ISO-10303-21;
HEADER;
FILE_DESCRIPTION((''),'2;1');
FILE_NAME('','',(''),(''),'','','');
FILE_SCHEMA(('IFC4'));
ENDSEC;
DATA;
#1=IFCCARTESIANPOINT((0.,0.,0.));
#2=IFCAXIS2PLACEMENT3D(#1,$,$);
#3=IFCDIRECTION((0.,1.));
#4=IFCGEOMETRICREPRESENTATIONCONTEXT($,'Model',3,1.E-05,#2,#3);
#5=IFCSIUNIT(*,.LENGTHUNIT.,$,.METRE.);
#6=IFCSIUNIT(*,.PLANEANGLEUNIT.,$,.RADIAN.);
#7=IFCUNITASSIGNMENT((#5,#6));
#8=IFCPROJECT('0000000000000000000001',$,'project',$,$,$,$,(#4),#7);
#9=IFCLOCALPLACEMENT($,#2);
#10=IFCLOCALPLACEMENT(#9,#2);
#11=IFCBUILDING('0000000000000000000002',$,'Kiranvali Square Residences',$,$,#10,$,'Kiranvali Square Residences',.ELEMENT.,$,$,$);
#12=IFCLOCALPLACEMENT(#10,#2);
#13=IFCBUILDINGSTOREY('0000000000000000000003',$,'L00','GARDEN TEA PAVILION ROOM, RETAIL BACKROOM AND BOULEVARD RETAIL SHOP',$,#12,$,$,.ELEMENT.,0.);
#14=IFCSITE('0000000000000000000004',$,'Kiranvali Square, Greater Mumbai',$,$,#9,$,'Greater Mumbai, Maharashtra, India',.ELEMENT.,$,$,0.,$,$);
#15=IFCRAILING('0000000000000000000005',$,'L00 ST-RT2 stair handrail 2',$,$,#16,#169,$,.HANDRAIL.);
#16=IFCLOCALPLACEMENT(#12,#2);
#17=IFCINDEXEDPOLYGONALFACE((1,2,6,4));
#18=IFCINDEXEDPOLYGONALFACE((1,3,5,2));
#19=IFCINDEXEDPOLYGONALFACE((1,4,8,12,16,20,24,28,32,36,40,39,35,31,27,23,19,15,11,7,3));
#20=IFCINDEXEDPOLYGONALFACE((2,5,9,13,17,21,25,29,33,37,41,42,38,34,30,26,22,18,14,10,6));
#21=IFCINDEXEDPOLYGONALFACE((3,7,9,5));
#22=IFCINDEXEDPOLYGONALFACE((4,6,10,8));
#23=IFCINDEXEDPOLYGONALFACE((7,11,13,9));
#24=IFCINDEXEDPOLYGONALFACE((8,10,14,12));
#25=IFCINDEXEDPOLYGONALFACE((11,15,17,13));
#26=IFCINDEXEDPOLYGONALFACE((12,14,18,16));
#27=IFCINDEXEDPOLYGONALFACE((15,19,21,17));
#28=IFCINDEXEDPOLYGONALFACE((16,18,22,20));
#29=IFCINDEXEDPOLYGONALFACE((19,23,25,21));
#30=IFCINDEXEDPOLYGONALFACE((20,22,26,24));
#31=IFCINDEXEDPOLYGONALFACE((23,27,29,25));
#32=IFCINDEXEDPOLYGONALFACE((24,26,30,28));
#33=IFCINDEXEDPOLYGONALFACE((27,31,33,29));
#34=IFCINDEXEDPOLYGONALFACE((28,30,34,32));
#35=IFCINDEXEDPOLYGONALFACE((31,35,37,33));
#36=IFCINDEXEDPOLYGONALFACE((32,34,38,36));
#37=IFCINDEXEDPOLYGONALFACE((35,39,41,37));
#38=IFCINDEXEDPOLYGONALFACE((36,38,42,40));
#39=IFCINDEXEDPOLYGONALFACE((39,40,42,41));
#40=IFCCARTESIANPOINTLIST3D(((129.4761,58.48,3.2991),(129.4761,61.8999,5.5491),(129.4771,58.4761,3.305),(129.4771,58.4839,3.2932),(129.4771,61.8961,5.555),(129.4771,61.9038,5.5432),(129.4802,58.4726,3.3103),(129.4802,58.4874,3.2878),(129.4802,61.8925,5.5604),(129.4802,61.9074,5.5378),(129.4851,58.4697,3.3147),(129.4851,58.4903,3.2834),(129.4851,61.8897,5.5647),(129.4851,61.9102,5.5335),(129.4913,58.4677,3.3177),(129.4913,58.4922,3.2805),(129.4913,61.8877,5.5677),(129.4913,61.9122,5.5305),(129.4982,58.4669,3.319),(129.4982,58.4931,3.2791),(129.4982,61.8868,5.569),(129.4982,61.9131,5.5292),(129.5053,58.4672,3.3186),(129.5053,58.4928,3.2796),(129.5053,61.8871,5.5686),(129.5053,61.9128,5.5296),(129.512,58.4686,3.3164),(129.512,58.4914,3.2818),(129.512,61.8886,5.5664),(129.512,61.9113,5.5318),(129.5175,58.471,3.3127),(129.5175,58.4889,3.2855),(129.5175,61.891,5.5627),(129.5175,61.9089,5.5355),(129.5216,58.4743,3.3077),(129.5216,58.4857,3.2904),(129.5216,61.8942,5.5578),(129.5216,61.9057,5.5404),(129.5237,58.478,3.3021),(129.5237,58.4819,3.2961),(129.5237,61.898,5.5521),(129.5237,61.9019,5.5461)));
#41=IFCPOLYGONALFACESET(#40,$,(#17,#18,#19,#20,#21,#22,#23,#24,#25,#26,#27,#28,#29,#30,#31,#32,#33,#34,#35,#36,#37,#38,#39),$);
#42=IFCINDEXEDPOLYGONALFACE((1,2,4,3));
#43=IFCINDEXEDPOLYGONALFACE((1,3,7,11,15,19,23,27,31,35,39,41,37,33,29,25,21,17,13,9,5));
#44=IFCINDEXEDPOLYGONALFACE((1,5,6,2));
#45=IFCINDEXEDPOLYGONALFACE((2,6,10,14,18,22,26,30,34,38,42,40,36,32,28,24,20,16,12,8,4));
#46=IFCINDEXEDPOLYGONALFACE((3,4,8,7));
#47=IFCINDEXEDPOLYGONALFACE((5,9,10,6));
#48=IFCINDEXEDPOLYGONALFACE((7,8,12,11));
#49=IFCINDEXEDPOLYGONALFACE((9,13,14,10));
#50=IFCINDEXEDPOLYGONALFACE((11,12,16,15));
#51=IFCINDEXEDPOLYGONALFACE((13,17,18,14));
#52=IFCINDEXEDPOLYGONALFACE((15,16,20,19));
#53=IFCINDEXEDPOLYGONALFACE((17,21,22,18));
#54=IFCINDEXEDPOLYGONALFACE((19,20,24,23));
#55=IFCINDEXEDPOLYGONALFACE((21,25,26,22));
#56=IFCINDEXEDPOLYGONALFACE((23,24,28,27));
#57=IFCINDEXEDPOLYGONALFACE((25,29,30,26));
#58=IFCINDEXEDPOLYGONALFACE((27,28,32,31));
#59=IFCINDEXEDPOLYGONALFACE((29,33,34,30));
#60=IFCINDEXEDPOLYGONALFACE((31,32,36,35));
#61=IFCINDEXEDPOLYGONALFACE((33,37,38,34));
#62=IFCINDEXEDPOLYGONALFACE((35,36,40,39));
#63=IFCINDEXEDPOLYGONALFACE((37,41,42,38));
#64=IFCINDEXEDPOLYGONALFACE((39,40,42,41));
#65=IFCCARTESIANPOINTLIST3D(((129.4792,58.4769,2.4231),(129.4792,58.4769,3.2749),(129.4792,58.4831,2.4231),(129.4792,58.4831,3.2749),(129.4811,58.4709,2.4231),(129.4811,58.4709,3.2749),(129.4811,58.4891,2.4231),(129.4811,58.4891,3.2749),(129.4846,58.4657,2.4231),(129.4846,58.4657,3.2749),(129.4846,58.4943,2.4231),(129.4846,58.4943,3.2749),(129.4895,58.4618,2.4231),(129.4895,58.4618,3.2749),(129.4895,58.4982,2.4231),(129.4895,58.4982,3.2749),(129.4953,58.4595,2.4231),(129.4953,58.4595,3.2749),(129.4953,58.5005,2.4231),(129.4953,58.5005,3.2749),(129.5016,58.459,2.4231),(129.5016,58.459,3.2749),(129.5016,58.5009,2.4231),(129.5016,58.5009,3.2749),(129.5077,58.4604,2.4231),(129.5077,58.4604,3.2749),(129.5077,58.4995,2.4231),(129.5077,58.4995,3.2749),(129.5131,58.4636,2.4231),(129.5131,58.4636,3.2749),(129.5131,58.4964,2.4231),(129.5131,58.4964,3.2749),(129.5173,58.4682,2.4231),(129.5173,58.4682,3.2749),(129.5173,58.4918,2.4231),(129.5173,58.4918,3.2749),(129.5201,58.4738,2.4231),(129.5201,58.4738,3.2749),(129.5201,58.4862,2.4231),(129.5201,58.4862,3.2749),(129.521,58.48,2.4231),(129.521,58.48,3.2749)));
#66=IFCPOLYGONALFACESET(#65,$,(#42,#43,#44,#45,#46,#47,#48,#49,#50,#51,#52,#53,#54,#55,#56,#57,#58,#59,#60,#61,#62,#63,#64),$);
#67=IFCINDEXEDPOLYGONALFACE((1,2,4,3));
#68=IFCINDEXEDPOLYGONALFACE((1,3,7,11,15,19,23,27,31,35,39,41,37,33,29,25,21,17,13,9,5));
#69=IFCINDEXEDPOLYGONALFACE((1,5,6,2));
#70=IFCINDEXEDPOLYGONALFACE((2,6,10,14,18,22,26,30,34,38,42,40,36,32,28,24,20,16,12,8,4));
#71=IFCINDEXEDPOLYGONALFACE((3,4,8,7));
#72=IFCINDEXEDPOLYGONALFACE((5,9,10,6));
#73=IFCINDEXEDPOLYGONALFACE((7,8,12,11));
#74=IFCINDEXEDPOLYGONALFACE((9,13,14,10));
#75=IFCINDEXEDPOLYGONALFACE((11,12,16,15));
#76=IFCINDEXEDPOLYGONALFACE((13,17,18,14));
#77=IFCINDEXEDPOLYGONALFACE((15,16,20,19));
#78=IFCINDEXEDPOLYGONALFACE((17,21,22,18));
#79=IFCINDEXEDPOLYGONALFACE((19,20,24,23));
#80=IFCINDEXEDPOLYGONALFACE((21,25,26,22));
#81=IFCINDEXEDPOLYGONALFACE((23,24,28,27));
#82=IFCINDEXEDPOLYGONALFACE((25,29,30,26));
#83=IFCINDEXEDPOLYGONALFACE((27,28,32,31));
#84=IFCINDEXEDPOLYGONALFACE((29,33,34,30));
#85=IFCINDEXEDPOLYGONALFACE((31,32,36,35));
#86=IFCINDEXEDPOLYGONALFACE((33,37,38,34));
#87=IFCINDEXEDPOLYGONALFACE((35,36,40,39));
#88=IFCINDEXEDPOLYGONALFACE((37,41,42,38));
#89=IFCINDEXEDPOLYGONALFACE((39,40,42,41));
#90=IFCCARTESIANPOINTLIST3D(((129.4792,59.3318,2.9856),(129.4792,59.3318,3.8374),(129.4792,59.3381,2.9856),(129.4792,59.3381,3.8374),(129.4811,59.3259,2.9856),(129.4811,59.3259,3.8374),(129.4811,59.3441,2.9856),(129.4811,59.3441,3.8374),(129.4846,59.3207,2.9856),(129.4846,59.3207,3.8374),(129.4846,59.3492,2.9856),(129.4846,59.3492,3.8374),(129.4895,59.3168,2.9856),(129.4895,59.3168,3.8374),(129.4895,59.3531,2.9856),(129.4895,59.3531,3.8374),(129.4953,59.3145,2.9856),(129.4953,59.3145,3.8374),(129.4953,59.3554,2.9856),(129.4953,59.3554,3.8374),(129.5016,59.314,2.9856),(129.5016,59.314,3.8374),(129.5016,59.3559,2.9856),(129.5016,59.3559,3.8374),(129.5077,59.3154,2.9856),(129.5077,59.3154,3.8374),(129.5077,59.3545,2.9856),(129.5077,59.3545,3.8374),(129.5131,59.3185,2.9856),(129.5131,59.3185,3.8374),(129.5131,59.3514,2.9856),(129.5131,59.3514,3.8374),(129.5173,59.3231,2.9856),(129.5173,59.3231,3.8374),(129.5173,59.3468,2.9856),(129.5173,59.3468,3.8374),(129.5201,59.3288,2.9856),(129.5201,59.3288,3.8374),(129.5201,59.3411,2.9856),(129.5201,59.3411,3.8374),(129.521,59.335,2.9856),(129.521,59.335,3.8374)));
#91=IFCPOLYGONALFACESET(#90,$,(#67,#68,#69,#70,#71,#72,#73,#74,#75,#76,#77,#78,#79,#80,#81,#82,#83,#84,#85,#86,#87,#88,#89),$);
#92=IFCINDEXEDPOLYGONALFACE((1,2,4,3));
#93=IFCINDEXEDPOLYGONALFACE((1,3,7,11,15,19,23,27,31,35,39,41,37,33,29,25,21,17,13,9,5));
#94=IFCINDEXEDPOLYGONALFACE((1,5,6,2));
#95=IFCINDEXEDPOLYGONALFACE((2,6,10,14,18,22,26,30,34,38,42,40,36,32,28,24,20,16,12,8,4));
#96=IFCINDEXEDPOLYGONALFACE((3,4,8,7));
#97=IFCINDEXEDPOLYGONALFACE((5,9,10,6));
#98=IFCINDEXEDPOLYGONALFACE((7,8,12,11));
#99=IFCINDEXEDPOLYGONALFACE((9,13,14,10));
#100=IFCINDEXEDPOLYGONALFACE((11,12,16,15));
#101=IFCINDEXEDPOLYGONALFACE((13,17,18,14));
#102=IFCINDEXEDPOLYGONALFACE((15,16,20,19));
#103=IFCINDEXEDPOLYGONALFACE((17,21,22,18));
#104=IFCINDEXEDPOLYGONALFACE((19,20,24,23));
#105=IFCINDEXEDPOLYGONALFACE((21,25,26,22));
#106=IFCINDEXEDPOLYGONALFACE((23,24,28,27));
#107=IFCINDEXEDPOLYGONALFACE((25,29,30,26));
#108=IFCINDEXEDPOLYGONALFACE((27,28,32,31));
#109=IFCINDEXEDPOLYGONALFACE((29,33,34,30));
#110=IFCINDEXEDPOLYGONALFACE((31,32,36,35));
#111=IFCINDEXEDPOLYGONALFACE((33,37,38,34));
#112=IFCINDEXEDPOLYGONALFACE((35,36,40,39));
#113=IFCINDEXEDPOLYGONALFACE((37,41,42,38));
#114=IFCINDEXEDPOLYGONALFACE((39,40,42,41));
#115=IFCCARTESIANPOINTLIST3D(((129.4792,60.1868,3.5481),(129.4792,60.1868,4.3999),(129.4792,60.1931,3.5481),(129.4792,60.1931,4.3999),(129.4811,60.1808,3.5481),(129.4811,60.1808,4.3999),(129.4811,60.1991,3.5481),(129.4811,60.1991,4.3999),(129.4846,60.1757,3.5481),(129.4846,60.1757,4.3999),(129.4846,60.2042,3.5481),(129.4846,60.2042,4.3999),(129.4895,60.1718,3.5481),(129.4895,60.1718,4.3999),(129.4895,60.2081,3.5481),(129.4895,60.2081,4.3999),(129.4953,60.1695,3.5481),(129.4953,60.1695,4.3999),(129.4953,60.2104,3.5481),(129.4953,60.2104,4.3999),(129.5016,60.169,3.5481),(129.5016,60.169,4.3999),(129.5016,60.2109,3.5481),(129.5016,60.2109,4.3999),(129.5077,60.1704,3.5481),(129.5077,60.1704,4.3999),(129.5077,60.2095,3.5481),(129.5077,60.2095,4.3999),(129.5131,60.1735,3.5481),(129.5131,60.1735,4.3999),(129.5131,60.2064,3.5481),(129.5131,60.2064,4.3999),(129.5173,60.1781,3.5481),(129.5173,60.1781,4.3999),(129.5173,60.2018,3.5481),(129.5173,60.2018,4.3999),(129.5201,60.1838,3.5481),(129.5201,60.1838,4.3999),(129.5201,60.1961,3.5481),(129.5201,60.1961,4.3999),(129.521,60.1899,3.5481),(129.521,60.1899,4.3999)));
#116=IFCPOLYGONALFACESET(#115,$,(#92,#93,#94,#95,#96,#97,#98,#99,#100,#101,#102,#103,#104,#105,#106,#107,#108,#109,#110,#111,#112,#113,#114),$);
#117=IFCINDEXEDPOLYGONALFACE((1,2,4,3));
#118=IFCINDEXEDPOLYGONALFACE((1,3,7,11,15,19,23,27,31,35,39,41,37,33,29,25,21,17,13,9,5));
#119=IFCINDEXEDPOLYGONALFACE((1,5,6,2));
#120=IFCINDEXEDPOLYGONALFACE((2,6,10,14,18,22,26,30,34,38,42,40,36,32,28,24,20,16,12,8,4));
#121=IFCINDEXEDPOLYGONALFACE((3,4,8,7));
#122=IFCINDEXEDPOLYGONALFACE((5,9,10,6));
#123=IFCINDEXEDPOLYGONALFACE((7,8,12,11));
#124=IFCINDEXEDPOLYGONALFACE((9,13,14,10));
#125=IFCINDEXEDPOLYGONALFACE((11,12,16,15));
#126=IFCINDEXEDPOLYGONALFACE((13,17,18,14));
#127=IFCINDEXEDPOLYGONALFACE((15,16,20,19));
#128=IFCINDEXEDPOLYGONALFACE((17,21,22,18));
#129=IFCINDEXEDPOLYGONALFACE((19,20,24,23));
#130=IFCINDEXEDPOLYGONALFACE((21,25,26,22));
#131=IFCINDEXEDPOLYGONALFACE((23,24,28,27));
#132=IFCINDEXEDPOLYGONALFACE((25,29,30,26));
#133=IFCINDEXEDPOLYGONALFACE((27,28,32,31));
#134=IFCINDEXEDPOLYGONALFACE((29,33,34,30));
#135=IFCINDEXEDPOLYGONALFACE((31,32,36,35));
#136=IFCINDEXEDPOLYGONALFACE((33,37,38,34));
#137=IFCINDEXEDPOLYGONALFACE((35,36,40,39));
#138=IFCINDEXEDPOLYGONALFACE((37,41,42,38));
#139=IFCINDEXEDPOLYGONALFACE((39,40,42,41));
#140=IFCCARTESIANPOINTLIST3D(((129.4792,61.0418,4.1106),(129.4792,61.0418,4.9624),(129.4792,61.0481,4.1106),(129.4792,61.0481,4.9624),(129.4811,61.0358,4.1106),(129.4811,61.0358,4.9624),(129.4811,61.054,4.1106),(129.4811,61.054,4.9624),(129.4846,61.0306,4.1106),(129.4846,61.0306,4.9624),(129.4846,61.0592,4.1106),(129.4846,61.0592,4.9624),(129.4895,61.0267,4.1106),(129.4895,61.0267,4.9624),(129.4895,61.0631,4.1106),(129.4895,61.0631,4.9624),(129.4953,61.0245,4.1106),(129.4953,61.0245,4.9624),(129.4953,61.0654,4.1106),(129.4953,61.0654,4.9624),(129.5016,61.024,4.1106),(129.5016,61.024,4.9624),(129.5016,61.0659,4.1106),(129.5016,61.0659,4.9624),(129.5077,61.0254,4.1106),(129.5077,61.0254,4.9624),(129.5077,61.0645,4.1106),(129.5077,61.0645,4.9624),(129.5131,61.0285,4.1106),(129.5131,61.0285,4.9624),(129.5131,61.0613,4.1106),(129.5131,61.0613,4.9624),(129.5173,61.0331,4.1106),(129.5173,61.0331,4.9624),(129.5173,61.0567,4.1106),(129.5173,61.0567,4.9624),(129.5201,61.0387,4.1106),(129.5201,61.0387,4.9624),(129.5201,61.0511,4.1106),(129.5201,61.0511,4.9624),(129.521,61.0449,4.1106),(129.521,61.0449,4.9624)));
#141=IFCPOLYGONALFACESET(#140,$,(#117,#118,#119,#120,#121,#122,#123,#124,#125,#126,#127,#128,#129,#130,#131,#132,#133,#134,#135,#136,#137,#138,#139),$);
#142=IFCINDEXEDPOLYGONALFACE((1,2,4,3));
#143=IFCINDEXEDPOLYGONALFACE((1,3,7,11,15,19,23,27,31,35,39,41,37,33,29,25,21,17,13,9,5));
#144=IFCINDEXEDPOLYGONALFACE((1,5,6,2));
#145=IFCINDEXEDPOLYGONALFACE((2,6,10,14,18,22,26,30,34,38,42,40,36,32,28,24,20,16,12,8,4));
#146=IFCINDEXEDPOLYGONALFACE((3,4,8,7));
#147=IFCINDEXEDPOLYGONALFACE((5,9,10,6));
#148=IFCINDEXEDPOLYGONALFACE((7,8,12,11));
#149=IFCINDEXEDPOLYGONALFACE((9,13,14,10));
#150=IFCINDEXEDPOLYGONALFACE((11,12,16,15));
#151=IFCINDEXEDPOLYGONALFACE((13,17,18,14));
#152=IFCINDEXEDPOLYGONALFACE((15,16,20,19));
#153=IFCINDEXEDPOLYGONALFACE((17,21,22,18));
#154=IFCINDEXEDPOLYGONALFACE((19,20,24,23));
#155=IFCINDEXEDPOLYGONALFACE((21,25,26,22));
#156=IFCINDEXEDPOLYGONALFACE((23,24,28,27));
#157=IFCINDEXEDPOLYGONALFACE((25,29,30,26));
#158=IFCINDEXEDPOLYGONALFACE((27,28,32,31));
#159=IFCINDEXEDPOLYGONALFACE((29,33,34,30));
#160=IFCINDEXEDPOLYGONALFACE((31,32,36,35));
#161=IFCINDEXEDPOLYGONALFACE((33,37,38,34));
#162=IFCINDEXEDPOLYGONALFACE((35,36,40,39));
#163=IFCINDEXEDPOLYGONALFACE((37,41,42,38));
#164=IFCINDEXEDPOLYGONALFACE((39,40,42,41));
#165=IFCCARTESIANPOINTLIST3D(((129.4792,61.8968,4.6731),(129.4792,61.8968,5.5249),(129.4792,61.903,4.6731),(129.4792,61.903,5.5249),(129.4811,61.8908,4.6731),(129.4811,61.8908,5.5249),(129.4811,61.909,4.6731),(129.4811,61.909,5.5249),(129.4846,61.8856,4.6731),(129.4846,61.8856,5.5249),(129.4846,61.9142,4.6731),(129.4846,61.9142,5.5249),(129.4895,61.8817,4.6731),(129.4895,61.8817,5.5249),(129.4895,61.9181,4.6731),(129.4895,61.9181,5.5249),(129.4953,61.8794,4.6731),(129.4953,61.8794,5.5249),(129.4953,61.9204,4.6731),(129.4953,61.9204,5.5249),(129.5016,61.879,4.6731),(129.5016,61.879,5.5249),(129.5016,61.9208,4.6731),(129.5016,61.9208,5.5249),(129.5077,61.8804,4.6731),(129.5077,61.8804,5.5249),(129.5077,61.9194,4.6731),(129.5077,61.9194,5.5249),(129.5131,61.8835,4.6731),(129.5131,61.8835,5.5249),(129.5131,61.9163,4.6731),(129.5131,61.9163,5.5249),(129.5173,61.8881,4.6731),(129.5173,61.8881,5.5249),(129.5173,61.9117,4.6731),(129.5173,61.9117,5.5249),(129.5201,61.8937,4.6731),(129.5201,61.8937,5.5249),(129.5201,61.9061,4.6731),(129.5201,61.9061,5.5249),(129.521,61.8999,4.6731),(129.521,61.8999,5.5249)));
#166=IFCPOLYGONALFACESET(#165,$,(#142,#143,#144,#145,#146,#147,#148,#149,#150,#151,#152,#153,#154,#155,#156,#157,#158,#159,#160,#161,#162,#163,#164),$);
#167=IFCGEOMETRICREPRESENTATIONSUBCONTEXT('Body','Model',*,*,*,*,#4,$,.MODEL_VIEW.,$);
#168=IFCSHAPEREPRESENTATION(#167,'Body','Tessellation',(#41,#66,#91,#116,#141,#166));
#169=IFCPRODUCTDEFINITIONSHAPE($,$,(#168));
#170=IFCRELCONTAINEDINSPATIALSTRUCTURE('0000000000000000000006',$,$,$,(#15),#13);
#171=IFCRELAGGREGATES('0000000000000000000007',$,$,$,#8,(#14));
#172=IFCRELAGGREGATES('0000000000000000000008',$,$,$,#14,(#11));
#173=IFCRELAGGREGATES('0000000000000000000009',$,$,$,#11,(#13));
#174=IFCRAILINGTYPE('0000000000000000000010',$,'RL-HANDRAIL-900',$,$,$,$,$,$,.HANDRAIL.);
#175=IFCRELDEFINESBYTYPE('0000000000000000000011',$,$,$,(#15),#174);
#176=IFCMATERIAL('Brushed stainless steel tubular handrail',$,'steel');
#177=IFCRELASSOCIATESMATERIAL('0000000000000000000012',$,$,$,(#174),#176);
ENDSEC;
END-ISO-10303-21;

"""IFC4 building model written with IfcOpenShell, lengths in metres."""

from ifc_helpers import new_model, si_unit, direction, frame, origin, origin_2d, place, context, subcontext, project, spatial, circle, extrude, material, type_object, element, save


model = new_model("IFC4")

# Units and contexts
model_context = context("Model", 3, precision=1e-05, world=origin(), true_north=direction((0.0, 1.0)))
body_context = subcontext(model_context, "Body", "Model", "MODEL_VIEW")
ifc_project = project(units=[si_unit("LENGTHUNIT", "METRE"), si_unit("PLANEANGLEUNIT", "RADIAN")], contexts=[model_context])

# Site, building, storey
site_placement = place(None, origin())
site = spatial("IfcSite", under=ifc_project, at=site_placement, Name="Kiranvali Square, Greater Mumbai", LongName="Greater Mumbai, Maharashtra, India", CompositionType="ELEMENT", RefElevation=0.0)
building_placement = place(site_placement, origin())
building = spatial("IfcBuilding", under=site, at=building_placement, Name="Kiranvali Square Residences", LongName="Kiranvali Square Residences", CompositionType="ELEMENT")
storey_placement = place(building_placement, origin())
storey = spatial("IfcBuildingStorey", under=building, at=storey_placement, Name="L00", Description="GARDEN TEA PAVILION ROOM, RETAIL BACKROOM AND BOULEVARD RETAIL SHOP", CompositionType="ELEMENT", Elevation=0.0)

# Railing
ifc_material_1 = material(Name="Brushed stainless steel tubular handrail", Category="steel")
railing_type_1 = type_object("IfcRailingType", Name="RL-HANDRAIL-900", PredefinedType="HANDRAIL", material=ifc_material_1)
railing_1_placement = place(storey_placement, frame((129.5, 58.48, 2.4231)))
element("IfcRailing", 1, at=railing_1_placement, inside=storey, type_object=railing_type_1, Name="L00 ST-RT2 stair handrail 2", PredefinedType="HANDRAIL", context=body_context, shape_type="SweptSolid", body=[
    extrude(circle(Radius=0.0239, at=origin_2d()), frame((0.0, 0.0, 0.876), z_axis=(0.0, 0.835411, 0.549625), x_axis=(-1.0, 0.0, 0.0)), (0.0, 0.0, 1.0), 4.0938),
    extrude(circle(Radius=0.021, at=origin_2d()), origin(), (0.0, 0.0, 1.0), 0.8518),
    extrude(circle(Radius=0.021, at=origin_2d()), frame((0.0, 0.855, 0.5625)), (0.0, 0.0, 1.0), 0.8518),
    extrude(circle(Radius=0.021, at=origin_2d()), frame((0.0, 1.71, 1.125)), (0.0, 0.0, 1.0), 0.8518),
    extrude(circle(Radius=0.021, at=origin_2d()), frame((0.0, 2.5649, 1.6875)), (0.0, 0.0, 1.0), 0.8518),
    extrude(circle(Radius=0.021, at=origin_2d()), frame((0.0, 3.4199, 2.25)), (0.0, 0.0, 1.0), 0.8518),
])

save(model, "model.ifc")
